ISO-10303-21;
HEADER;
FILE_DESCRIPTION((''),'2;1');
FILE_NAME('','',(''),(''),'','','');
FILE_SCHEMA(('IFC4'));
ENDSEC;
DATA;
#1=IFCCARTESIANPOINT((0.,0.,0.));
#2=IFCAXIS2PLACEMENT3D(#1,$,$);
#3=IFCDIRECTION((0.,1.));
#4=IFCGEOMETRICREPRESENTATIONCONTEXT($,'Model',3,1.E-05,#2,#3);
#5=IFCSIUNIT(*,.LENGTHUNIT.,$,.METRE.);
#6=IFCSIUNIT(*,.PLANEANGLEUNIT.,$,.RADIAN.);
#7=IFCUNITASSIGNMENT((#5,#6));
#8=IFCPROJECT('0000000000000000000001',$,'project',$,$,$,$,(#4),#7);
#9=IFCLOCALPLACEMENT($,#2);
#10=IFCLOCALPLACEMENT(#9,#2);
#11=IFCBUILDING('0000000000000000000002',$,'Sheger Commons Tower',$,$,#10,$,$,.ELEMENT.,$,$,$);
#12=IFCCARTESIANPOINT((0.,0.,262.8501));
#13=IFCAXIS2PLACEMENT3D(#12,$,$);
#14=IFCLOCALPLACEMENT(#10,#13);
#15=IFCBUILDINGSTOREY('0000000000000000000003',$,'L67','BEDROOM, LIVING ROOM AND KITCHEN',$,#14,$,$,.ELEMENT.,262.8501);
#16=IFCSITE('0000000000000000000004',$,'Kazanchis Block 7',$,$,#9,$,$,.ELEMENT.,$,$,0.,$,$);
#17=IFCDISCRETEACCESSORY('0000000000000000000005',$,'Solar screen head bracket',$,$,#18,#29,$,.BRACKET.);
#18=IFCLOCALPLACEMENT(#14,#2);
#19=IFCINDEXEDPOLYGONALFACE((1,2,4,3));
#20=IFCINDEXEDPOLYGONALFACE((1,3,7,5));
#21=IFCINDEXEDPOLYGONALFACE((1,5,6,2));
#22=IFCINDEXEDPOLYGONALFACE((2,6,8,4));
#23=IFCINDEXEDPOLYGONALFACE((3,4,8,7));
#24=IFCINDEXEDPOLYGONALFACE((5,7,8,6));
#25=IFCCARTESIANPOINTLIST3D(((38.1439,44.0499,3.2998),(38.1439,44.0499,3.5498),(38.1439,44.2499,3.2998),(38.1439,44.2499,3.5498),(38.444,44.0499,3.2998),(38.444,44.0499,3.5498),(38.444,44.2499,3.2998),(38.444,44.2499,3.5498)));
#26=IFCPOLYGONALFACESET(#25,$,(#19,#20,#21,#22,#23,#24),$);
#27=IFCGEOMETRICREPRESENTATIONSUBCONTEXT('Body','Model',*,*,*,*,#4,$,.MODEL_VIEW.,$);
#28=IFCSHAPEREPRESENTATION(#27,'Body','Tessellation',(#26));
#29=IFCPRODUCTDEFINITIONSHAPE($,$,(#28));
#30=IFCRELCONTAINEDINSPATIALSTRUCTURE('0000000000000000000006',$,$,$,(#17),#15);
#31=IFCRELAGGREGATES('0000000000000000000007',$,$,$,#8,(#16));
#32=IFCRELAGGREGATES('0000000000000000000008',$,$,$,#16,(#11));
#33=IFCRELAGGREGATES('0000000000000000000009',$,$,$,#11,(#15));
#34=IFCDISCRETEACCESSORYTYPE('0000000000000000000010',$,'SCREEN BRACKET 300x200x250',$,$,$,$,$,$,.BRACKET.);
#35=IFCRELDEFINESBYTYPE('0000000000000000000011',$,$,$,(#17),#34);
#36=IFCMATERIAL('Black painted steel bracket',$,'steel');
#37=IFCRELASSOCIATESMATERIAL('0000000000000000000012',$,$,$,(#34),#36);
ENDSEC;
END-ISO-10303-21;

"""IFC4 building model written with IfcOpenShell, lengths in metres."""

from ifc_helpers import new_model, si_unit, direction, frame, origin, origin_2d, place, context, subcontext, project, spatial, rectangle, extrude, material, type_object, element, save


model = new_model("IFC4")

# Units and contexts
model_context = context("Model", 3, precision=1e-05, world=origin(), true_north=direction((0.0, 1.0)))
body_context = subcontext(model_context, "Body", "Model", "MODEL_VIEW")
ifc_project = project(units=[si_unit("LENGTHUNIT", "METRE"), si_unit("PLANEANGLEUNIT", "RADIAN")], contexts=[model_context])

# Site, building, storey
site_placement = place(None, origin())
site = spatial("IfcSite", under=ifc_project, at=site_placement, Name="Kazanchis Block 7", CompositionType="ELEMENT", RefElevation=0.0)
building_placement = place(site_placement, origin())
building = spatial("IfcBuilding", under=site, at=building_placement, Name="Sheger Commons Tower", CompositionType="ELEMENT")
storey_placement = place(building_placement, frame((0.0, 0.0, 262.8501)))
storey = spatial("IfcBuildingStorey", under=building, at=storey_placement, Name="L67", Description="BEDROOM, LIVING ROOM AND KITCHEN", CompositionType="ELEMENT", Elevation=262.8501)

# Discrete accessory
ifc_material_1 = material(Name="Black painted steel bracket", Category="steel")
discrete_accessory_type = type_object("IfcDiscreteAccessoryType", Name="SCREEN BRACKET 300x200x250", PredefinedType="BRACKET", material=ifc_material_1)
for number, where, z_axis, x_axis, name in (
    (1, (38.2939, 44.1499, 3.2998), (0.0, 0.0, 1.0), (-1.0, 0.0, 0.0), "Solar screen head bracket"),
):
    element("IfcDiscreteAccessory", number, at=place(storey_placement, frame(where, z_axis=z_axis, x_axis=x_axis)), inside=storey, type_object=discrete_accessory_type, Name=name, PredefinedType="BRACKET", context=body_context, shape_type="SweptSolid", body=[
        extrude(rectangle(XDim=0.3, YDim=0.2, at=origin_2d()), origin(), (0.0, 0.0, 1.0), 0.25),
    ])

save(model, "model.ifc")
